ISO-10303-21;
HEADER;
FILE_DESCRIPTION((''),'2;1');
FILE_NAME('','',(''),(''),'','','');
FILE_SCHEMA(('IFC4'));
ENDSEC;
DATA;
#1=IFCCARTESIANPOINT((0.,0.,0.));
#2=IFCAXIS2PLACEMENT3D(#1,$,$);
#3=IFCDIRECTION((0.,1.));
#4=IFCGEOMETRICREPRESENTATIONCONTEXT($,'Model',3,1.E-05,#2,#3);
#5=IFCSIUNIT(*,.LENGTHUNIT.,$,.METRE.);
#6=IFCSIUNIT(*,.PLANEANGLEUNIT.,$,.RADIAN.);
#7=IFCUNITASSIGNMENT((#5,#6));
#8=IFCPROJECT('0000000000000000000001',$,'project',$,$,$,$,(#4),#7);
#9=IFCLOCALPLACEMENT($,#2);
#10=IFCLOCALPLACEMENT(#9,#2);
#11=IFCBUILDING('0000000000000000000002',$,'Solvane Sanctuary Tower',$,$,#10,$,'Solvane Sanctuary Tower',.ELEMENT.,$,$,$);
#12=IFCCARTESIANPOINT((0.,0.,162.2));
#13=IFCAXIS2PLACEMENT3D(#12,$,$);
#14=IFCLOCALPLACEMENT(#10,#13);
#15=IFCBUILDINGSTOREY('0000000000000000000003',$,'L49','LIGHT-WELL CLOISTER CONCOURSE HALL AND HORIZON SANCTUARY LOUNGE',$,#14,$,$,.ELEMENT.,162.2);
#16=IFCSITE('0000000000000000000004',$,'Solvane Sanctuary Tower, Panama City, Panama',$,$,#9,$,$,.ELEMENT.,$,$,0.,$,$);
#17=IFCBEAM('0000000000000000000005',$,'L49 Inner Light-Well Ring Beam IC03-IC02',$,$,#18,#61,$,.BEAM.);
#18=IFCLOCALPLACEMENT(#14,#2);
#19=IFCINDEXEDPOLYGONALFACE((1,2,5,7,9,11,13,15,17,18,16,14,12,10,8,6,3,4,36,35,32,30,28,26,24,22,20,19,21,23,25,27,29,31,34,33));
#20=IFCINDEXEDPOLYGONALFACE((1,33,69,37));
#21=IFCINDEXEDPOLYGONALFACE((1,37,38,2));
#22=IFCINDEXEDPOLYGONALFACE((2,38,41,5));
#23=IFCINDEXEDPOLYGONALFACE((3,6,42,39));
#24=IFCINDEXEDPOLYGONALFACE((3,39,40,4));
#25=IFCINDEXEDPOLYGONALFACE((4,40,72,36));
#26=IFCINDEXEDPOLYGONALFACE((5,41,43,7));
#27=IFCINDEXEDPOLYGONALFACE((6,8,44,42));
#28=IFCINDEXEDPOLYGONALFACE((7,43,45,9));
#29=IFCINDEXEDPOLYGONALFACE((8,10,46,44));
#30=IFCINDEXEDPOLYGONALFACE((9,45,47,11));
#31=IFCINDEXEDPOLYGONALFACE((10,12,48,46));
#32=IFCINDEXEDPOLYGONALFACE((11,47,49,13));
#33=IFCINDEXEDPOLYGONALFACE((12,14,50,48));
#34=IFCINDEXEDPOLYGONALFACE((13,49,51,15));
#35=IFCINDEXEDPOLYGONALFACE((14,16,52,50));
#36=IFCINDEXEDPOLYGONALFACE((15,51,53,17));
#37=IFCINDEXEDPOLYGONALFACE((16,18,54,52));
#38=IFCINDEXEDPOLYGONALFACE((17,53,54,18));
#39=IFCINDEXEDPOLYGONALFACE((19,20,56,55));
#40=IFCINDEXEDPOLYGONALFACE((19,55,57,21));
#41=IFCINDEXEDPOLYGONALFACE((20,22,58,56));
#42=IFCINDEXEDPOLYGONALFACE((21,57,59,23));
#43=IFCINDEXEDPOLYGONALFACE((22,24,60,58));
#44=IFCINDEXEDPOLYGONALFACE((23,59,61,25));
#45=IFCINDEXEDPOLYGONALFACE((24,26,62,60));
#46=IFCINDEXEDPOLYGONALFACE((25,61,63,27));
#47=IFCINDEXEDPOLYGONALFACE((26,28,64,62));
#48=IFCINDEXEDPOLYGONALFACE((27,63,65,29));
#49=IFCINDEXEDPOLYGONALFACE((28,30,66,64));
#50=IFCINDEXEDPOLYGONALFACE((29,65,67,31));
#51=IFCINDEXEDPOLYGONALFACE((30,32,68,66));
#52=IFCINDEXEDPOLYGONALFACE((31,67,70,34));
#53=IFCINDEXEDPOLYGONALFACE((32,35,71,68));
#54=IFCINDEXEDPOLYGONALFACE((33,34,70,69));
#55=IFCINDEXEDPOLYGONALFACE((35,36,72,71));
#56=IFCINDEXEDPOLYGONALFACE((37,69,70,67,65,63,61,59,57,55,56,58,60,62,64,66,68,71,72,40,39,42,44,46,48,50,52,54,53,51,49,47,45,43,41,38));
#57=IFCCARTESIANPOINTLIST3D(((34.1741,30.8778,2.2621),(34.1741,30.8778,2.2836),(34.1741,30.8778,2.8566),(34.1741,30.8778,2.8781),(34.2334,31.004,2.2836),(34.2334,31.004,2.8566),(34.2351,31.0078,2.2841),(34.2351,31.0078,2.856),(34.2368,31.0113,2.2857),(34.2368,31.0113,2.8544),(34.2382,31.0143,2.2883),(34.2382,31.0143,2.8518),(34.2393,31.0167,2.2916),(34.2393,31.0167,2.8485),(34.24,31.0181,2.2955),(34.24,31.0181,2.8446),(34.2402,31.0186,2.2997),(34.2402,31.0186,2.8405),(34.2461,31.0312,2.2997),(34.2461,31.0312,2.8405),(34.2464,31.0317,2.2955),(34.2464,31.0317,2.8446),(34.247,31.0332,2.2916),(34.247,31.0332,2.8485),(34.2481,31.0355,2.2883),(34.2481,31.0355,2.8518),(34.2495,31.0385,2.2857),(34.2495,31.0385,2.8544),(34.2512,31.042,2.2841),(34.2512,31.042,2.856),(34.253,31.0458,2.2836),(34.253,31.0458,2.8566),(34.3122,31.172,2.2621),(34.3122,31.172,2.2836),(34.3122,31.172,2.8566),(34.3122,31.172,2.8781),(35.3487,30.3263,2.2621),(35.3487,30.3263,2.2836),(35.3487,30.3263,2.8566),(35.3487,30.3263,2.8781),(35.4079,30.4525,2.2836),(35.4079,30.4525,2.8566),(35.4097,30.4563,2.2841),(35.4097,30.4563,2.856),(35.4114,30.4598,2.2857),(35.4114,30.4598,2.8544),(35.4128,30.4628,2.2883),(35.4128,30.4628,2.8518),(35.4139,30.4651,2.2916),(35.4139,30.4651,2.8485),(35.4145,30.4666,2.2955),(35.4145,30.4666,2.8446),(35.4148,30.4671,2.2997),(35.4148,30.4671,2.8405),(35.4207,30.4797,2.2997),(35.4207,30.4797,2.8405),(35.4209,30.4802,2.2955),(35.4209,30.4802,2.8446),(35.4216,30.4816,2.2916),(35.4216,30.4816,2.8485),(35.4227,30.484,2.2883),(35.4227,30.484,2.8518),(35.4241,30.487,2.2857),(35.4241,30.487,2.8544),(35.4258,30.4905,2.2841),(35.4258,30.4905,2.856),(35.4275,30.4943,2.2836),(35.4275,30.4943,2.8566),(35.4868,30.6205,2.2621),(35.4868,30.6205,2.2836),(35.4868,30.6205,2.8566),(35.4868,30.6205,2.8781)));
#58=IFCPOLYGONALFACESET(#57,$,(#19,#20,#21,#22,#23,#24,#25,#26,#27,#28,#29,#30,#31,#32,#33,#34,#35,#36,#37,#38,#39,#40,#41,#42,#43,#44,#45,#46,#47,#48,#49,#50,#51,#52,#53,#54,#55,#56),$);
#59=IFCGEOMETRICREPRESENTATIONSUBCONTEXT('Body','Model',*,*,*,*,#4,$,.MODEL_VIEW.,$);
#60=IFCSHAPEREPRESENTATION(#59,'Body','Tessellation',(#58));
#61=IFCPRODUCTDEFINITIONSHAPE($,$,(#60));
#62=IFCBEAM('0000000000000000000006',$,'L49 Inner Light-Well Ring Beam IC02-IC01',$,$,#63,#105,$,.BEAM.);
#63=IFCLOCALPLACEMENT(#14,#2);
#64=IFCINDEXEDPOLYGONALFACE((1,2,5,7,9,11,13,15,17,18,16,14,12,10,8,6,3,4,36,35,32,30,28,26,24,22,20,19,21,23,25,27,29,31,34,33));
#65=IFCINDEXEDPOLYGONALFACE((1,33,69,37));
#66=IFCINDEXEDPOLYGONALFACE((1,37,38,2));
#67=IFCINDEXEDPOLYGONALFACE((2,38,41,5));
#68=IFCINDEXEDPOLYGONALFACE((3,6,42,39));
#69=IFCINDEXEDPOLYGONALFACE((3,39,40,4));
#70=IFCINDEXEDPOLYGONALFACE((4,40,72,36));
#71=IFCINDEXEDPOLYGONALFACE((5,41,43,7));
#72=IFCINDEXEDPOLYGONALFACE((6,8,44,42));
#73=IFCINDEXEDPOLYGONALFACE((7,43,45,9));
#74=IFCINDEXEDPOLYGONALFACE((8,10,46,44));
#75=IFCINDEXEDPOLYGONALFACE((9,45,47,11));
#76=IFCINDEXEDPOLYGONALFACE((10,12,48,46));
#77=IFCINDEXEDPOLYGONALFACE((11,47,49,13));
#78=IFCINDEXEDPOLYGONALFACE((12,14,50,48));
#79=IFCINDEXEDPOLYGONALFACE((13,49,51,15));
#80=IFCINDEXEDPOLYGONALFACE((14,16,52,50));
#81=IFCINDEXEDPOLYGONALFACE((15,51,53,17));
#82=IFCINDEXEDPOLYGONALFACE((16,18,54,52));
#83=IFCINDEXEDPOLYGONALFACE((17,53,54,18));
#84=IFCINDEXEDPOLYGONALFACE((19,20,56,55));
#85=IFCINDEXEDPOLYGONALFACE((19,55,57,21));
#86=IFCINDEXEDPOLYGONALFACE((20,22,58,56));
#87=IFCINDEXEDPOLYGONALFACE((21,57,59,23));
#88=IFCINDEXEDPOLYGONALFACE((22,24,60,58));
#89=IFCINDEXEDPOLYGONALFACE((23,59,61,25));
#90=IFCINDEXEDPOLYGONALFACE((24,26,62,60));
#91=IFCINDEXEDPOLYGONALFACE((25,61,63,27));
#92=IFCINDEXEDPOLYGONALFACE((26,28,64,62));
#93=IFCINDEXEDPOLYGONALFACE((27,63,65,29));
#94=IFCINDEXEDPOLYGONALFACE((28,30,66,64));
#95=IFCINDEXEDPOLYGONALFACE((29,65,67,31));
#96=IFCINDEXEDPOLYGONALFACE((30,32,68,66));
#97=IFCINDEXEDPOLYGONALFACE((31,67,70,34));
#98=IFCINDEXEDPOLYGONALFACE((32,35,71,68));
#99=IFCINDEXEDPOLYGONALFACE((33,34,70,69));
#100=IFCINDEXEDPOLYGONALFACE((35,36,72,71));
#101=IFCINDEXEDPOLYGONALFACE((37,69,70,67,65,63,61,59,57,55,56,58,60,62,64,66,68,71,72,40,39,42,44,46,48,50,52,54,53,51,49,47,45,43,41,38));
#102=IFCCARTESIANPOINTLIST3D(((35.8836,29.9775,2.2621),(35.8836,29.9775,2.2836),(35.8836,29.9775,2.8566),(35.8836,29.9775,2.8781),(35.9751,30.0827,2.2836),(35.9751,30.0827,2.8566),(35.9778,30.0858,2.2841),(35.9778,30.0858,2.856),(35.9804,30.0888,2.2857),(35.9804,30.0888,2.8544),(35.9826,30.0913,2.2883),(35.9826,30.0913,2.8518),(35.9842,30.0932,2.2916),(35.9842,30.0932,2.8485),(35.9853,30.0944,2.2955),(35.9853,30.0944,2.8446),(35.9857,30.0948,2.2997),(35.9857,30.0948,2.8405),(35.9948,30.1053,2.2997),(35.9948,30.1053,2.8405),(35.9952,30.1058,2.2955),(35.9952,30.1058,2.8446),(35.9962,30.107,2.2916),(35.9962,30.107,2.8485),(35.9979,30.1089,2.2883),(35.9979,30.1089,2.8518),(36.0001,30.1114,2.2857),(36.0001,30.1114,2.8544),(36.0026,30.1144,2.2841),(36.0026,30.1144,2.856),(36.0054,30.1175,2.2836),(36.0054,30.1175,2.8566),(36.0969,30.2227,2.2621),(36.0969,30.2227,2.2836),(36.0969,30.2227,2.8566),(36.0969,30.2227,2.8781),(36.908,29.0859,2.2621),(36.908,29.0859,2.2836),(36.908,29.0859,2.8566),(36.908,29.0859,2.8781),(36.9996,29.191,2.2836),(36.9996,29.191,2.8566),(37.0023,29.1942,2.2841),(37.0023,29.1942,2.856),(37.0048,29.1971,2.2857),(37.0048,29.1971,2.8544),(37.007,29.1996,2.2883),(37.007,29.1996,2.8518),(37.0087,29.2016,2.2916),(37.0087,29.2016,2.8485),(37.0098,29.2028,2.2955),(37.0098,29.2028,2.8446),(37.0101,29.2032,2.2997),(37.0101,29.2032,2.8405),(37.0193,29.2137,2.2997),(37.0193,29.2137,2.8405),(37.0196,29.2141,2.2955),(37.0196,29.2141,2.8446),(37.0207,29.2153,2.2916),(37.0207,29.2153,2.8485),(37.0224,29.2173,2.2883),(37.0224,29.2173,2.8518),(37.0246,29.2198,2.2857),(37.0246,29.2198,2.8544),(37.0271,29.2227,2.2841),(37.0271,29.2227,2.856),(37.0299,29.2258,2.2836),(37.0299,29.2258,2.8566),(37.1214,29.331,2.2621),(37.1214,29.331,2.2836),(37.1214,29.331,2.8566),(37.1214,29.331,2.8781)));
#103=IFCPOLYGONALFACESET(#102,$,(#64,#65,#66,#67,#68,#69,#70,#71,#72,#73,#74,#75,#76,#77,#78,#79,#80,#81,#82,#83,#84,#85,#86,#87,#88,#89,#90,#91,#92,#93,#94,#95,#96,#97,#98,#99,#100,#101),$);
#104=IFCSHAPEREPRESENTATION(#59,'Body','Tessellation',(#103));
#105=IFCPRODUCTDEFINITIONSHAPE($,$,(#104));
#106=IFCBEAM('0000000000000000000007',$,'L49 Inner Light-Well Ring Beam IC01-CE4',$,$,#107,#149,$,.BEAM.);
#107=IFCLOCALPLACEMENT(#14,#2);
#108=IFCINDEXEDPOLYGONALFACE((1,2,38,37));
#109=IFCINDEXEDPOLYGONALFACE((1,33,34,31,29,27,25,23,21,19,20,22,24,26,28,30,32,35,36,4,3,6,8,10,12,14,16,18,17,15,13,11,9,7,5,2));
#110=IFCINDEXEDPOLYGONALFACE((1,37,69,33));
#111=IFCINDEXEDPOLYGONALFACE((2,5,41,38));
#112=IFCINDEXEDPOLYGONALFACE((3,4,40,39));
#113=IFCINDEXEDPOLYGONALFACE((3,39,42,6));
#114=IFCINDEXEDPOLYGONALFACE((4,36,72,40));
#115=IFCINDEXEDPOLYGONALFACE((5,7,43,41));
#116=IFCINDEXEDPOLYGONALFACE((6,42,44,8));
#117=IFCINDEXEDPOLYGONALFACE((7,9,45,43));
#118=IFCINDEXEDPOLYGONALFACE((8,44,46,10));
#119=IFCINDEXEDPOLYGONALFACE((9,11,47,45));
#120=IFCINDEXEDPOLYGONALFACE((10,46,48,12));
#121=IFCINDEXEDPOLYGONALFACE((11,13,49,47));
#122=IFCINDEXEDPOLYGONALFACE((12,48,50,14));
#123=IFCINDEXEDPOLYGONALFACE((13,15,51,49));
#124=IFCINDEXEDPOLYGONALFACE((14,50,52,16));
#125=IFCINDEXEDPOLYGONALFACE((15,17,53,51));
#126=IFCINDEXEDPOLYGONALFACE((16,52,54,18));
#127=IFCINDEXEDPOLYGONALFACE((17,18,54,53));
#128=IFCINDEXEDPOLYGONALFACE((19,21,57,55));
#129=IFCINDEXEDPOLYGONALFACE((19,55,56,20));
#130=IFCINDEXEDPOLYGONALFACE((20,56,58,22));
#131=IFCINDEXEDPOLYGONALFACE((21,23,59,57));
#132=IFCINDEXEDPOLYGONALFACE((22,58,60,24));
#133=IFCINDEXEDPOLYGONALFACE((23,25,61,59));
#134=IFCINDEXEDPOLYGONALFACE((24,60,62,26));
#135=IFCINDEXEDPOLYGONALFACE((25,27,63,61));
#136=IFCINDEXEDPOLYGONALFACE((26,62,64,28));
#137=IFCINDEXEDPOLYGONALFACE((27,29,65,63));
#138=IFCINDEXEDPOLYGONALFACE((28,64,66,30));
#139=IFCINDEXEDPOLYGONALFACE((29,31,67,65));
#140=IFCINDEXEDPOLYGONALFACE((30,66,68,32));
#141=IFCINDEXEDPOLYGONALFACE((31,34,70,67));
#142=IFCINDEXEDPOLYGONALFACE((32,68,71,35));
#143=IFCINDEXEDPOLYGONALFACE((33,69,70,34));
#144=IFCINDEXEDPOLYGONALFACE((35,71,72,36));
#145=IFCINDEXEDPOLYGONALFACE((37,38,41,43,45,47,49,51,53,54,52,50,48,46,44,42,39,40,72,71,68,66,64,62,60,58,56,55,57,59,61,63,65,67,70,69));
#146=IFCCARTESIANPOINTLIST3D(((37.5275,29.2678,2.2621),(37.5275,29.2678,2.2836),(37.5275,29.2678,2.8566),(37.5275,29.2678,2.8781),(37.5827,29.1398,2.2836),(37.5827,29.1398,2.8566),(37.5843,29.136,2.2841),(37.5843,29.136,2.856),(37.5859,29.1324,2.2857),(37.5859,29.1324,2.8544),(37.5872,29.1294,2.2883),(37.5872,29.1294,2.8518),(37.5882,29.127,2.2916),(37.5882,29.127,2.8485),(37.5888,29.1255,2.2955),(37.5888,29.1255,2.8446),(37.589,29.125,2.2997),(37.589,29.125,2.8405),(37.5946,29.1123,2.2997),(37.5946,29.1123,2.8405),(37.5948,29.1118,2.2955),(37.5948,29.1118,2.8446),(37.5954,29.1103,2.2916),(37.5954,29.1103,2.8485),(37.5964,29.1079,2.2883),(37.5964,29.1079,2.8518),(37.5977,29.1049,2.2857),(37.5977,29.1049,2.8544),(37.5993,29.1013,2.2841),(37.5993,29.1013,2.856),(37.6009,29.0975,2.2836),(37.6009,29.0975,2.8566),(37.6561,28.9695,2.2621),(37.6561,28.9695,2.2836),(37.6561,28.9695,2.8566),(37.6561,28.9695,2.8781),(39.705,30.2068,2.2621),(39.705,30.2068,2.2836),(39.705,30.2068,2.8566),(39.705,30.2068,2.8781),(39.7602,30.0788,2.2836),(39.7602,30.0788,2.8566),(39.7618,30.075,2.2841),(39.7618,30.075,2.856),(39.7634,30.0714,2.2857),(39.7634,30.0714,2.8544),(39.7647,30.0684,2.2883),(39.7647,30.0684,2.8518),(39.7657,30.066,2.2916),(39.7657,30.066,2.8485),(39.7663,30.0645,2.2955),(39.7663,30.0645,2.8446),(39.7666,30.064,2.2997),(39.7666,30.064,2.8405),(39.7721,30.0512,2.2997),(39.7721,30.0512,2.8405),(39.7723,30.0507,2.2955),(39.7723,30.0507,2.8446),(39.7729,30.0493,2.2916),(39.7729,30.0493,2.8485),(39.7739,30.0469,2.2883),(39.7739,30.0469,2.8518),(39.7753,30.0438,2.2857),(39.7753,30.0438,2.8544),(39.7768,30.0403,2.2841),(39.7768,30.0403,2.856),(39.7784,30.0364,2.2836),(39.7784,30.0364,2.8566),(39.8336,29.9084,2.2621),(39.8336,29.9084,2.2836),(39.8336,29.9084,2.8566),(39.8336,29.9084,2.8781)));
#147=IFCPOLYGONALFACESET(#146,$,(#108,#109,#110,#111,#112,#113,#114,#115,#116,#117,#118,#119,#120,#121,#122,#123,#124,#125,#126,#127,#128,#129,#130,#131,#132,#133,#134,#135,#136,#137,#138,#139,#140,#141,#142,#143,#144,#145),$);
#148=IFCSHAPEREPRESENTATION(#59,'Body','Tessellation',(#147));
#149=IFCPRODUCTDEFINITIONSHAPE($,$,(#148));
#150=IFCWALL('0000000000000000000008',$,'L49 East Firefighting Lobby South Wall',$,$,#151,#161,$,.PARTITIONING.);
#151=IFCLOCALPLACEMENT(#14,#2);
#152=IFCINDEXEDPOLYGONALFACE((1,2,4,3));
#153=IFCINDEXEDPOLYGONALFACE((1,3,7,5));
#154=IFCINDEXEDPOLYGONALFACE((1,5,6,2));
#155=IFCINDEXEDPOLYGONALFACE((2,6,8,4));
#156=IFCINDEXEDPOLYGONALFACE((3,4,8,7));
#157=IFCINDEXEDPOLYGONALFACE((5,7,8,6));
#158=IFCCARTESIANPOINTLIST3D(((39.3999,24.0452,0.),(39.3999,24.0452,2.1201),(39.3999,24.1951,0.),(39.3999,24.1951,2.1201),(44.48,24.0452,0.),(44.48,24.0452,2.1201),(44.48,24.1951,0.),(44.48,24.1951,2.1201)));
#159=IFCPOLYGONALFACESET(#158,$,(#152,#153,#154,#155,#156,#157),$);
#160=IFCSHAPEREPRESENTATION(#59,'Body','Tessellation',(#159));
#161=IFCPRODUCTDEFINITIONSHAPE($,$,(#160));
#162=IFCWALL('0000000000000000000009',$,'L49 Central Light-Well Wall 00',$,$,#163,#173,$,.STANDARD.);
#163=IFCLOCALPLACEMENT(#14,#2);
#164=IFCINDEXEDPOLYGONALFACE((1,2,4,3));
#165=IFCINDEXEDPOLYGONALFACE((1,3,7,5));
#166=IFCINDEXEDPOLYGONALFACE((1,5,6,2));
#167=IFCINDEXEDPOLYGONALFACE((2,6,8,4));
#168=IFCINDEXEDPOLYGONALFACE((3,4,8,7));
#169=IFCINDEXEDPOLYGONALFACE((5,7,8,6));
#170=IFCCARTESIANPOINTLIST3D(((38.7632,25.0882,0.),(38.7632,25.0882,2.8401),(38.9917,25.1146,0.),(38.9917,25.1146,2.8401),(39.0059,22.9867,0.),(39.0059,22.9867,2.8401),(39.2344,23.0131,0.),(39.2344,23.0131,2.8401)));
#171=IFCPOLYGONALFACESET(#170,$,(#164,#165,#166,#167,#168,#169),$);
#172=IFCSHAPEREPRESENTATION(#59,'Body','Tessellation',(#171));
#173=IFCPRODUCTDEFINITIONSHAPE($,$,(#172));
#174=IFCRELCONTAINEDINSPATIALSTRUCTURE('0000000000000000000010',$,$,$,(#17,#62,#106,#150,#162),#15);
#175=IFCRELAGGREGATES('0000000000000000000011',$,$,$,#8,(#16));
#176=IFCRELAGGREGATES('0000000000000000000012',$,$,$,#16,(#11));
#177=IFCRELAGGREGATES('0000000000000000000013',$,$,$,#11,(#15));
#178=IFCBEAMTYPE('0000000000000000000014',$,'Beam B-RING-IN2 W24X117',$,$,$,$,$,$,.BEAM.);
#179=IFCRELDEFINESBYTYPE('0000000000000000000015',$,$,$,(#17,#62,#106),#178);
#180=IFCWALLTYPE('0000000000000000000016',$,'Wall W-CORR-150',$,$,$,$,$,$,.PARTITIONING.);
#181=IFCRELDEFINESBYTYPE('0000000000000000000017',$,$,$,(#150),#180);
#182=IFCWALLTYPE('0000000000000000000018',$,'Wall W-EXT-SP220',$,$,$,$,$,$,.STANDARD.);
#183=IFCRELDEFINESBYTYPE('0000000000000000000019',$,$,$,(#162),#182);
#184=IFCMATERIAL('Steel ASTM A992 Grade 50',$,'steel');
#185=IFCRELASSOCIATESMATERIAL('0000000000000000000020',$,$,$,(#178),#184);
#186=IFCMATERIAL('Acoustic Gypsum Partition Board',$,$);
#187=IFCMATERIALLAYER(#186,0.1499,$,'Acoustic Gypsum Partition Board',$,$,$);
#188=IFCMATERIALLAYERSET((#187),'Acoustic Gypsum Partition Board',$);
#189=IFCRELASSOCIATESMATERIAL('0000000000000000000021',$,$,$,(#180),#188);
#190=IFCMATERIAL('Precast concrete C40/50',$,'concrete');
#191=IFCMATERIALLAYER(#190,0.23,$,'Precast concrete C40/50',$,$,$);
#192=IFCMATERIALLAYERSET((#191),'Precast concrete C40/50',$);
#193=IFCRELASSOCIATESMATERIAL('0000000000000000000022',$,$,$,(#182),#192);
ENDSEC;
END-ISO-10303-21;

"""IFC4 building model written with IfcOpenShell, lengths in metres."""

from ifc_helpers import new_model, si_unit, direction, frame, frame_2d, origin, origin_2d, place, context, subcontext, project, spatial, rectangle, i_section, extrude, material, layer, layer_set, material_profile, profile_set, type_object, element, save


model = new_model("IFC4")

# Units and contexts
model_context = context("Model", 3, precision=1e-05, world=origin(), true_north=direction((0.0, 1.0)))
body_context = subcontext(model_context, "Body", "Model", "MODEL_VIEW")
ifc_project = project(units=[si_unit("LENGTHUNIT", "METRE"), si_unit("PLANEANGLEUNIT", "RADIAN")], contexts=[model_context])

# Site, building, storey
site_placement = place(None, origin())
site = spatial("IfcSite", under=ifc_project, at=site_placement, Name="Solvane Sanctuary Tower, Panama City, Panama", CompositionType="ELEMENT", RefElevation=0.0)
building_placement = place(site_placement, origin())
building = spatial("IfcBuilding", under=site, at=building_placement, Name="Solvane Sanctuary Tower", LongName="Solvane Sanctuary Tower", CompositionType="ELEMENT")
storey_placement = place(building_placement, frame((0.0, 0.0, 162.2)))
storey = spatial("IfcBuildingStorey", under=building, at=storey_placement, Name="L49", Description="LIGHT-WELL CLOISTER CONCOURSE HALL AND HORIZON SANCTUARY LOUNGE", CompositionType="ELEMENT", Elevation=162.2)

# Beams
ifc_material_1 = material(Name="Steel ASTM A992 Grade 50", Category="steel")
ifc_material_profile_1 = material_profile(ifc_material_1, i_section(OverallWidth=0.325, OverallDepth=0.616, WebThickness=0.0139, FlangeThickness=0.0215, FilletRadius=0.0161, at=origin_2d()), Name="W24X117")
ifc_profile_set_1 = profile_set([ifc_material_profile_1], Name="Steel ASTM A992 Grade 50")
beam_type_1 = type_object("IfcBeamType", Name="Beam B-RING-IN2 W24X117", PredefinedType="BEAM", material=ifc_profile_set_1)
beam_1_placement = place(storey_placement, frame((34.2432, 31.0249, 2.5701), z_axis=(0.905181, -0.425027, 0.0), x_axis=(0.425027, 0.905181, 0.0)))
element("IfcBeam", 1, at=beam_1_placement, inside=storey, type_object=beam_type_1, Name="L49 Inner Light-Well Ring Beam IC03-IC02", PredefinedType="BEAM", context=body_context, shape_type="SweptSolid", body=[
    extrude(i_section(OverallWidth=0.325, OverallDepth=0.616, WebThickness=0.0139, FlangeThickness=0.0215, FilletRadius=0.0161, at=origin_2d()), origin(), (0.0, 0.0, 1.0), 1.2976),
])
beam_2_placement = place(storey_placement, frame((35.9902, 30.1001, 2.5701), z_axis=(0.754311, -0.656517, 0.0), x_axis=(0.656517, 0.754311, 0.0)))
element("IfcBeam", 2, at=beam_2_placement, inside=storey, type_object=beam_type_1, Name="L49 Inner Light-Well Ring Beam IC02-IC01", PredefinedType="BEAM", context=body_context, shape_type="SweptSolid", body=[
    extrude(i_section(OverallWidth=0.325, OverallDepth=0.616, WebThickness=0.0139, FlangeThickness=0.0215, FilletRadius=0.0161, at=origin_2d()), origin(), (0.0, 0.0, 1.0), 1.3582),
])
beam_3_placement = place(storey_placement, frame((37.5918, 29.1187, 2.5701), z_axis=(0.918264, 0.395969, 0.0), x_axis=(-0.395969, 0.918264, 0.0)))
element("IfcBeam", 3, at=beam_3_placement, inside=storey, type_object=beam_type_1, Name="L49 Inner Light-Well Ring Beam IC01-CE4", PredefinedType="BEAM", context=body_context, shape_type="SweptSolid", body=[
    extrude(i_section(OverallWidth=0.325, OverallDepth=0.616, WebThickness=0.0139, FlangeThickness=0.0215, FilletRadius=0.0161, at=origin_2d()), origin(), (0.0, 0.0, 1.0), 2.3713),
])

# Walls
ifc_material_2 = material(Name="Acoustic Gypsum Partition Board")
ifc_layer_1 = layer(ifc_material_2, 0.1499, Name="Acoustic Gypsum Partition Board")
ifc_layer_set_1 = layer_set([ifc_layer_1], Name="Acoustic Gypsum Partition Board")
wall_type_1 = type_object("IfcWallType", Name="Wall W-CORR-150", PredefinedType="PARTITIONING", material=ifc_layer_set_1)
wall_1_placement = place(storey_placement, frame((39.3999, 24.1201, 0.0), z_axis=(0.0, 0.0, 1.0), x_axis=(1.0, 0.0, 0.0)))
element("IfcWall", 4, at=wall_1_placement, inside=storey, type_object=wall_type_1, Name="L49 East Firefighting Lobby South Wall", PredefinedType="PARTITIONING", context=body_context, shape_type="SweptSolid", body=[
    extrude(rectangle(XDim=5.0801, YDim=0.1499, at=frame_2d((2.54, 0.0))), origin(), (0.0, 0.0, 1.0), 2.1201),
])
ifc_material_3 = material(Name="Precast concrete C40/50", Category="concrete")
ifc_layer_2 = layer(ifc_material_3, 0.23, Name="Precast concrete C40/50")
ifc_layer_set_2 = layer_set([ifc_layer_2], Name="Precast concrete C40/50")
wall_type_2 = type_object("IfcWallType", Name="Wall W-EXT-SP220", PredefinedType="STANDARD", material=ifc_layer_set_2)
wall_2_placement = place(storey_placement, frame((39.1201, 23.0, 0.0), z_axis=(0.0, 0.0, 1.0), x_axis=(-0.114712, 0.993399, 0.0)))
element("IfcWall", 5, at=wall_2_placement, inside=storey, type_object=wall_type_2, Name="L49 Central Light-Well Wall 00", PredefinedType="STANDARD", context=body_context, shape_type="SweptSolid", body=[
    extrude(rectangle(XDim=2.1155, YDim=0.23, at=frame_2d((1.0576, 0.0))), origin(), (0.0, 0.0, 1.0), 2.8401),
])

save(model, "model.ifc")
